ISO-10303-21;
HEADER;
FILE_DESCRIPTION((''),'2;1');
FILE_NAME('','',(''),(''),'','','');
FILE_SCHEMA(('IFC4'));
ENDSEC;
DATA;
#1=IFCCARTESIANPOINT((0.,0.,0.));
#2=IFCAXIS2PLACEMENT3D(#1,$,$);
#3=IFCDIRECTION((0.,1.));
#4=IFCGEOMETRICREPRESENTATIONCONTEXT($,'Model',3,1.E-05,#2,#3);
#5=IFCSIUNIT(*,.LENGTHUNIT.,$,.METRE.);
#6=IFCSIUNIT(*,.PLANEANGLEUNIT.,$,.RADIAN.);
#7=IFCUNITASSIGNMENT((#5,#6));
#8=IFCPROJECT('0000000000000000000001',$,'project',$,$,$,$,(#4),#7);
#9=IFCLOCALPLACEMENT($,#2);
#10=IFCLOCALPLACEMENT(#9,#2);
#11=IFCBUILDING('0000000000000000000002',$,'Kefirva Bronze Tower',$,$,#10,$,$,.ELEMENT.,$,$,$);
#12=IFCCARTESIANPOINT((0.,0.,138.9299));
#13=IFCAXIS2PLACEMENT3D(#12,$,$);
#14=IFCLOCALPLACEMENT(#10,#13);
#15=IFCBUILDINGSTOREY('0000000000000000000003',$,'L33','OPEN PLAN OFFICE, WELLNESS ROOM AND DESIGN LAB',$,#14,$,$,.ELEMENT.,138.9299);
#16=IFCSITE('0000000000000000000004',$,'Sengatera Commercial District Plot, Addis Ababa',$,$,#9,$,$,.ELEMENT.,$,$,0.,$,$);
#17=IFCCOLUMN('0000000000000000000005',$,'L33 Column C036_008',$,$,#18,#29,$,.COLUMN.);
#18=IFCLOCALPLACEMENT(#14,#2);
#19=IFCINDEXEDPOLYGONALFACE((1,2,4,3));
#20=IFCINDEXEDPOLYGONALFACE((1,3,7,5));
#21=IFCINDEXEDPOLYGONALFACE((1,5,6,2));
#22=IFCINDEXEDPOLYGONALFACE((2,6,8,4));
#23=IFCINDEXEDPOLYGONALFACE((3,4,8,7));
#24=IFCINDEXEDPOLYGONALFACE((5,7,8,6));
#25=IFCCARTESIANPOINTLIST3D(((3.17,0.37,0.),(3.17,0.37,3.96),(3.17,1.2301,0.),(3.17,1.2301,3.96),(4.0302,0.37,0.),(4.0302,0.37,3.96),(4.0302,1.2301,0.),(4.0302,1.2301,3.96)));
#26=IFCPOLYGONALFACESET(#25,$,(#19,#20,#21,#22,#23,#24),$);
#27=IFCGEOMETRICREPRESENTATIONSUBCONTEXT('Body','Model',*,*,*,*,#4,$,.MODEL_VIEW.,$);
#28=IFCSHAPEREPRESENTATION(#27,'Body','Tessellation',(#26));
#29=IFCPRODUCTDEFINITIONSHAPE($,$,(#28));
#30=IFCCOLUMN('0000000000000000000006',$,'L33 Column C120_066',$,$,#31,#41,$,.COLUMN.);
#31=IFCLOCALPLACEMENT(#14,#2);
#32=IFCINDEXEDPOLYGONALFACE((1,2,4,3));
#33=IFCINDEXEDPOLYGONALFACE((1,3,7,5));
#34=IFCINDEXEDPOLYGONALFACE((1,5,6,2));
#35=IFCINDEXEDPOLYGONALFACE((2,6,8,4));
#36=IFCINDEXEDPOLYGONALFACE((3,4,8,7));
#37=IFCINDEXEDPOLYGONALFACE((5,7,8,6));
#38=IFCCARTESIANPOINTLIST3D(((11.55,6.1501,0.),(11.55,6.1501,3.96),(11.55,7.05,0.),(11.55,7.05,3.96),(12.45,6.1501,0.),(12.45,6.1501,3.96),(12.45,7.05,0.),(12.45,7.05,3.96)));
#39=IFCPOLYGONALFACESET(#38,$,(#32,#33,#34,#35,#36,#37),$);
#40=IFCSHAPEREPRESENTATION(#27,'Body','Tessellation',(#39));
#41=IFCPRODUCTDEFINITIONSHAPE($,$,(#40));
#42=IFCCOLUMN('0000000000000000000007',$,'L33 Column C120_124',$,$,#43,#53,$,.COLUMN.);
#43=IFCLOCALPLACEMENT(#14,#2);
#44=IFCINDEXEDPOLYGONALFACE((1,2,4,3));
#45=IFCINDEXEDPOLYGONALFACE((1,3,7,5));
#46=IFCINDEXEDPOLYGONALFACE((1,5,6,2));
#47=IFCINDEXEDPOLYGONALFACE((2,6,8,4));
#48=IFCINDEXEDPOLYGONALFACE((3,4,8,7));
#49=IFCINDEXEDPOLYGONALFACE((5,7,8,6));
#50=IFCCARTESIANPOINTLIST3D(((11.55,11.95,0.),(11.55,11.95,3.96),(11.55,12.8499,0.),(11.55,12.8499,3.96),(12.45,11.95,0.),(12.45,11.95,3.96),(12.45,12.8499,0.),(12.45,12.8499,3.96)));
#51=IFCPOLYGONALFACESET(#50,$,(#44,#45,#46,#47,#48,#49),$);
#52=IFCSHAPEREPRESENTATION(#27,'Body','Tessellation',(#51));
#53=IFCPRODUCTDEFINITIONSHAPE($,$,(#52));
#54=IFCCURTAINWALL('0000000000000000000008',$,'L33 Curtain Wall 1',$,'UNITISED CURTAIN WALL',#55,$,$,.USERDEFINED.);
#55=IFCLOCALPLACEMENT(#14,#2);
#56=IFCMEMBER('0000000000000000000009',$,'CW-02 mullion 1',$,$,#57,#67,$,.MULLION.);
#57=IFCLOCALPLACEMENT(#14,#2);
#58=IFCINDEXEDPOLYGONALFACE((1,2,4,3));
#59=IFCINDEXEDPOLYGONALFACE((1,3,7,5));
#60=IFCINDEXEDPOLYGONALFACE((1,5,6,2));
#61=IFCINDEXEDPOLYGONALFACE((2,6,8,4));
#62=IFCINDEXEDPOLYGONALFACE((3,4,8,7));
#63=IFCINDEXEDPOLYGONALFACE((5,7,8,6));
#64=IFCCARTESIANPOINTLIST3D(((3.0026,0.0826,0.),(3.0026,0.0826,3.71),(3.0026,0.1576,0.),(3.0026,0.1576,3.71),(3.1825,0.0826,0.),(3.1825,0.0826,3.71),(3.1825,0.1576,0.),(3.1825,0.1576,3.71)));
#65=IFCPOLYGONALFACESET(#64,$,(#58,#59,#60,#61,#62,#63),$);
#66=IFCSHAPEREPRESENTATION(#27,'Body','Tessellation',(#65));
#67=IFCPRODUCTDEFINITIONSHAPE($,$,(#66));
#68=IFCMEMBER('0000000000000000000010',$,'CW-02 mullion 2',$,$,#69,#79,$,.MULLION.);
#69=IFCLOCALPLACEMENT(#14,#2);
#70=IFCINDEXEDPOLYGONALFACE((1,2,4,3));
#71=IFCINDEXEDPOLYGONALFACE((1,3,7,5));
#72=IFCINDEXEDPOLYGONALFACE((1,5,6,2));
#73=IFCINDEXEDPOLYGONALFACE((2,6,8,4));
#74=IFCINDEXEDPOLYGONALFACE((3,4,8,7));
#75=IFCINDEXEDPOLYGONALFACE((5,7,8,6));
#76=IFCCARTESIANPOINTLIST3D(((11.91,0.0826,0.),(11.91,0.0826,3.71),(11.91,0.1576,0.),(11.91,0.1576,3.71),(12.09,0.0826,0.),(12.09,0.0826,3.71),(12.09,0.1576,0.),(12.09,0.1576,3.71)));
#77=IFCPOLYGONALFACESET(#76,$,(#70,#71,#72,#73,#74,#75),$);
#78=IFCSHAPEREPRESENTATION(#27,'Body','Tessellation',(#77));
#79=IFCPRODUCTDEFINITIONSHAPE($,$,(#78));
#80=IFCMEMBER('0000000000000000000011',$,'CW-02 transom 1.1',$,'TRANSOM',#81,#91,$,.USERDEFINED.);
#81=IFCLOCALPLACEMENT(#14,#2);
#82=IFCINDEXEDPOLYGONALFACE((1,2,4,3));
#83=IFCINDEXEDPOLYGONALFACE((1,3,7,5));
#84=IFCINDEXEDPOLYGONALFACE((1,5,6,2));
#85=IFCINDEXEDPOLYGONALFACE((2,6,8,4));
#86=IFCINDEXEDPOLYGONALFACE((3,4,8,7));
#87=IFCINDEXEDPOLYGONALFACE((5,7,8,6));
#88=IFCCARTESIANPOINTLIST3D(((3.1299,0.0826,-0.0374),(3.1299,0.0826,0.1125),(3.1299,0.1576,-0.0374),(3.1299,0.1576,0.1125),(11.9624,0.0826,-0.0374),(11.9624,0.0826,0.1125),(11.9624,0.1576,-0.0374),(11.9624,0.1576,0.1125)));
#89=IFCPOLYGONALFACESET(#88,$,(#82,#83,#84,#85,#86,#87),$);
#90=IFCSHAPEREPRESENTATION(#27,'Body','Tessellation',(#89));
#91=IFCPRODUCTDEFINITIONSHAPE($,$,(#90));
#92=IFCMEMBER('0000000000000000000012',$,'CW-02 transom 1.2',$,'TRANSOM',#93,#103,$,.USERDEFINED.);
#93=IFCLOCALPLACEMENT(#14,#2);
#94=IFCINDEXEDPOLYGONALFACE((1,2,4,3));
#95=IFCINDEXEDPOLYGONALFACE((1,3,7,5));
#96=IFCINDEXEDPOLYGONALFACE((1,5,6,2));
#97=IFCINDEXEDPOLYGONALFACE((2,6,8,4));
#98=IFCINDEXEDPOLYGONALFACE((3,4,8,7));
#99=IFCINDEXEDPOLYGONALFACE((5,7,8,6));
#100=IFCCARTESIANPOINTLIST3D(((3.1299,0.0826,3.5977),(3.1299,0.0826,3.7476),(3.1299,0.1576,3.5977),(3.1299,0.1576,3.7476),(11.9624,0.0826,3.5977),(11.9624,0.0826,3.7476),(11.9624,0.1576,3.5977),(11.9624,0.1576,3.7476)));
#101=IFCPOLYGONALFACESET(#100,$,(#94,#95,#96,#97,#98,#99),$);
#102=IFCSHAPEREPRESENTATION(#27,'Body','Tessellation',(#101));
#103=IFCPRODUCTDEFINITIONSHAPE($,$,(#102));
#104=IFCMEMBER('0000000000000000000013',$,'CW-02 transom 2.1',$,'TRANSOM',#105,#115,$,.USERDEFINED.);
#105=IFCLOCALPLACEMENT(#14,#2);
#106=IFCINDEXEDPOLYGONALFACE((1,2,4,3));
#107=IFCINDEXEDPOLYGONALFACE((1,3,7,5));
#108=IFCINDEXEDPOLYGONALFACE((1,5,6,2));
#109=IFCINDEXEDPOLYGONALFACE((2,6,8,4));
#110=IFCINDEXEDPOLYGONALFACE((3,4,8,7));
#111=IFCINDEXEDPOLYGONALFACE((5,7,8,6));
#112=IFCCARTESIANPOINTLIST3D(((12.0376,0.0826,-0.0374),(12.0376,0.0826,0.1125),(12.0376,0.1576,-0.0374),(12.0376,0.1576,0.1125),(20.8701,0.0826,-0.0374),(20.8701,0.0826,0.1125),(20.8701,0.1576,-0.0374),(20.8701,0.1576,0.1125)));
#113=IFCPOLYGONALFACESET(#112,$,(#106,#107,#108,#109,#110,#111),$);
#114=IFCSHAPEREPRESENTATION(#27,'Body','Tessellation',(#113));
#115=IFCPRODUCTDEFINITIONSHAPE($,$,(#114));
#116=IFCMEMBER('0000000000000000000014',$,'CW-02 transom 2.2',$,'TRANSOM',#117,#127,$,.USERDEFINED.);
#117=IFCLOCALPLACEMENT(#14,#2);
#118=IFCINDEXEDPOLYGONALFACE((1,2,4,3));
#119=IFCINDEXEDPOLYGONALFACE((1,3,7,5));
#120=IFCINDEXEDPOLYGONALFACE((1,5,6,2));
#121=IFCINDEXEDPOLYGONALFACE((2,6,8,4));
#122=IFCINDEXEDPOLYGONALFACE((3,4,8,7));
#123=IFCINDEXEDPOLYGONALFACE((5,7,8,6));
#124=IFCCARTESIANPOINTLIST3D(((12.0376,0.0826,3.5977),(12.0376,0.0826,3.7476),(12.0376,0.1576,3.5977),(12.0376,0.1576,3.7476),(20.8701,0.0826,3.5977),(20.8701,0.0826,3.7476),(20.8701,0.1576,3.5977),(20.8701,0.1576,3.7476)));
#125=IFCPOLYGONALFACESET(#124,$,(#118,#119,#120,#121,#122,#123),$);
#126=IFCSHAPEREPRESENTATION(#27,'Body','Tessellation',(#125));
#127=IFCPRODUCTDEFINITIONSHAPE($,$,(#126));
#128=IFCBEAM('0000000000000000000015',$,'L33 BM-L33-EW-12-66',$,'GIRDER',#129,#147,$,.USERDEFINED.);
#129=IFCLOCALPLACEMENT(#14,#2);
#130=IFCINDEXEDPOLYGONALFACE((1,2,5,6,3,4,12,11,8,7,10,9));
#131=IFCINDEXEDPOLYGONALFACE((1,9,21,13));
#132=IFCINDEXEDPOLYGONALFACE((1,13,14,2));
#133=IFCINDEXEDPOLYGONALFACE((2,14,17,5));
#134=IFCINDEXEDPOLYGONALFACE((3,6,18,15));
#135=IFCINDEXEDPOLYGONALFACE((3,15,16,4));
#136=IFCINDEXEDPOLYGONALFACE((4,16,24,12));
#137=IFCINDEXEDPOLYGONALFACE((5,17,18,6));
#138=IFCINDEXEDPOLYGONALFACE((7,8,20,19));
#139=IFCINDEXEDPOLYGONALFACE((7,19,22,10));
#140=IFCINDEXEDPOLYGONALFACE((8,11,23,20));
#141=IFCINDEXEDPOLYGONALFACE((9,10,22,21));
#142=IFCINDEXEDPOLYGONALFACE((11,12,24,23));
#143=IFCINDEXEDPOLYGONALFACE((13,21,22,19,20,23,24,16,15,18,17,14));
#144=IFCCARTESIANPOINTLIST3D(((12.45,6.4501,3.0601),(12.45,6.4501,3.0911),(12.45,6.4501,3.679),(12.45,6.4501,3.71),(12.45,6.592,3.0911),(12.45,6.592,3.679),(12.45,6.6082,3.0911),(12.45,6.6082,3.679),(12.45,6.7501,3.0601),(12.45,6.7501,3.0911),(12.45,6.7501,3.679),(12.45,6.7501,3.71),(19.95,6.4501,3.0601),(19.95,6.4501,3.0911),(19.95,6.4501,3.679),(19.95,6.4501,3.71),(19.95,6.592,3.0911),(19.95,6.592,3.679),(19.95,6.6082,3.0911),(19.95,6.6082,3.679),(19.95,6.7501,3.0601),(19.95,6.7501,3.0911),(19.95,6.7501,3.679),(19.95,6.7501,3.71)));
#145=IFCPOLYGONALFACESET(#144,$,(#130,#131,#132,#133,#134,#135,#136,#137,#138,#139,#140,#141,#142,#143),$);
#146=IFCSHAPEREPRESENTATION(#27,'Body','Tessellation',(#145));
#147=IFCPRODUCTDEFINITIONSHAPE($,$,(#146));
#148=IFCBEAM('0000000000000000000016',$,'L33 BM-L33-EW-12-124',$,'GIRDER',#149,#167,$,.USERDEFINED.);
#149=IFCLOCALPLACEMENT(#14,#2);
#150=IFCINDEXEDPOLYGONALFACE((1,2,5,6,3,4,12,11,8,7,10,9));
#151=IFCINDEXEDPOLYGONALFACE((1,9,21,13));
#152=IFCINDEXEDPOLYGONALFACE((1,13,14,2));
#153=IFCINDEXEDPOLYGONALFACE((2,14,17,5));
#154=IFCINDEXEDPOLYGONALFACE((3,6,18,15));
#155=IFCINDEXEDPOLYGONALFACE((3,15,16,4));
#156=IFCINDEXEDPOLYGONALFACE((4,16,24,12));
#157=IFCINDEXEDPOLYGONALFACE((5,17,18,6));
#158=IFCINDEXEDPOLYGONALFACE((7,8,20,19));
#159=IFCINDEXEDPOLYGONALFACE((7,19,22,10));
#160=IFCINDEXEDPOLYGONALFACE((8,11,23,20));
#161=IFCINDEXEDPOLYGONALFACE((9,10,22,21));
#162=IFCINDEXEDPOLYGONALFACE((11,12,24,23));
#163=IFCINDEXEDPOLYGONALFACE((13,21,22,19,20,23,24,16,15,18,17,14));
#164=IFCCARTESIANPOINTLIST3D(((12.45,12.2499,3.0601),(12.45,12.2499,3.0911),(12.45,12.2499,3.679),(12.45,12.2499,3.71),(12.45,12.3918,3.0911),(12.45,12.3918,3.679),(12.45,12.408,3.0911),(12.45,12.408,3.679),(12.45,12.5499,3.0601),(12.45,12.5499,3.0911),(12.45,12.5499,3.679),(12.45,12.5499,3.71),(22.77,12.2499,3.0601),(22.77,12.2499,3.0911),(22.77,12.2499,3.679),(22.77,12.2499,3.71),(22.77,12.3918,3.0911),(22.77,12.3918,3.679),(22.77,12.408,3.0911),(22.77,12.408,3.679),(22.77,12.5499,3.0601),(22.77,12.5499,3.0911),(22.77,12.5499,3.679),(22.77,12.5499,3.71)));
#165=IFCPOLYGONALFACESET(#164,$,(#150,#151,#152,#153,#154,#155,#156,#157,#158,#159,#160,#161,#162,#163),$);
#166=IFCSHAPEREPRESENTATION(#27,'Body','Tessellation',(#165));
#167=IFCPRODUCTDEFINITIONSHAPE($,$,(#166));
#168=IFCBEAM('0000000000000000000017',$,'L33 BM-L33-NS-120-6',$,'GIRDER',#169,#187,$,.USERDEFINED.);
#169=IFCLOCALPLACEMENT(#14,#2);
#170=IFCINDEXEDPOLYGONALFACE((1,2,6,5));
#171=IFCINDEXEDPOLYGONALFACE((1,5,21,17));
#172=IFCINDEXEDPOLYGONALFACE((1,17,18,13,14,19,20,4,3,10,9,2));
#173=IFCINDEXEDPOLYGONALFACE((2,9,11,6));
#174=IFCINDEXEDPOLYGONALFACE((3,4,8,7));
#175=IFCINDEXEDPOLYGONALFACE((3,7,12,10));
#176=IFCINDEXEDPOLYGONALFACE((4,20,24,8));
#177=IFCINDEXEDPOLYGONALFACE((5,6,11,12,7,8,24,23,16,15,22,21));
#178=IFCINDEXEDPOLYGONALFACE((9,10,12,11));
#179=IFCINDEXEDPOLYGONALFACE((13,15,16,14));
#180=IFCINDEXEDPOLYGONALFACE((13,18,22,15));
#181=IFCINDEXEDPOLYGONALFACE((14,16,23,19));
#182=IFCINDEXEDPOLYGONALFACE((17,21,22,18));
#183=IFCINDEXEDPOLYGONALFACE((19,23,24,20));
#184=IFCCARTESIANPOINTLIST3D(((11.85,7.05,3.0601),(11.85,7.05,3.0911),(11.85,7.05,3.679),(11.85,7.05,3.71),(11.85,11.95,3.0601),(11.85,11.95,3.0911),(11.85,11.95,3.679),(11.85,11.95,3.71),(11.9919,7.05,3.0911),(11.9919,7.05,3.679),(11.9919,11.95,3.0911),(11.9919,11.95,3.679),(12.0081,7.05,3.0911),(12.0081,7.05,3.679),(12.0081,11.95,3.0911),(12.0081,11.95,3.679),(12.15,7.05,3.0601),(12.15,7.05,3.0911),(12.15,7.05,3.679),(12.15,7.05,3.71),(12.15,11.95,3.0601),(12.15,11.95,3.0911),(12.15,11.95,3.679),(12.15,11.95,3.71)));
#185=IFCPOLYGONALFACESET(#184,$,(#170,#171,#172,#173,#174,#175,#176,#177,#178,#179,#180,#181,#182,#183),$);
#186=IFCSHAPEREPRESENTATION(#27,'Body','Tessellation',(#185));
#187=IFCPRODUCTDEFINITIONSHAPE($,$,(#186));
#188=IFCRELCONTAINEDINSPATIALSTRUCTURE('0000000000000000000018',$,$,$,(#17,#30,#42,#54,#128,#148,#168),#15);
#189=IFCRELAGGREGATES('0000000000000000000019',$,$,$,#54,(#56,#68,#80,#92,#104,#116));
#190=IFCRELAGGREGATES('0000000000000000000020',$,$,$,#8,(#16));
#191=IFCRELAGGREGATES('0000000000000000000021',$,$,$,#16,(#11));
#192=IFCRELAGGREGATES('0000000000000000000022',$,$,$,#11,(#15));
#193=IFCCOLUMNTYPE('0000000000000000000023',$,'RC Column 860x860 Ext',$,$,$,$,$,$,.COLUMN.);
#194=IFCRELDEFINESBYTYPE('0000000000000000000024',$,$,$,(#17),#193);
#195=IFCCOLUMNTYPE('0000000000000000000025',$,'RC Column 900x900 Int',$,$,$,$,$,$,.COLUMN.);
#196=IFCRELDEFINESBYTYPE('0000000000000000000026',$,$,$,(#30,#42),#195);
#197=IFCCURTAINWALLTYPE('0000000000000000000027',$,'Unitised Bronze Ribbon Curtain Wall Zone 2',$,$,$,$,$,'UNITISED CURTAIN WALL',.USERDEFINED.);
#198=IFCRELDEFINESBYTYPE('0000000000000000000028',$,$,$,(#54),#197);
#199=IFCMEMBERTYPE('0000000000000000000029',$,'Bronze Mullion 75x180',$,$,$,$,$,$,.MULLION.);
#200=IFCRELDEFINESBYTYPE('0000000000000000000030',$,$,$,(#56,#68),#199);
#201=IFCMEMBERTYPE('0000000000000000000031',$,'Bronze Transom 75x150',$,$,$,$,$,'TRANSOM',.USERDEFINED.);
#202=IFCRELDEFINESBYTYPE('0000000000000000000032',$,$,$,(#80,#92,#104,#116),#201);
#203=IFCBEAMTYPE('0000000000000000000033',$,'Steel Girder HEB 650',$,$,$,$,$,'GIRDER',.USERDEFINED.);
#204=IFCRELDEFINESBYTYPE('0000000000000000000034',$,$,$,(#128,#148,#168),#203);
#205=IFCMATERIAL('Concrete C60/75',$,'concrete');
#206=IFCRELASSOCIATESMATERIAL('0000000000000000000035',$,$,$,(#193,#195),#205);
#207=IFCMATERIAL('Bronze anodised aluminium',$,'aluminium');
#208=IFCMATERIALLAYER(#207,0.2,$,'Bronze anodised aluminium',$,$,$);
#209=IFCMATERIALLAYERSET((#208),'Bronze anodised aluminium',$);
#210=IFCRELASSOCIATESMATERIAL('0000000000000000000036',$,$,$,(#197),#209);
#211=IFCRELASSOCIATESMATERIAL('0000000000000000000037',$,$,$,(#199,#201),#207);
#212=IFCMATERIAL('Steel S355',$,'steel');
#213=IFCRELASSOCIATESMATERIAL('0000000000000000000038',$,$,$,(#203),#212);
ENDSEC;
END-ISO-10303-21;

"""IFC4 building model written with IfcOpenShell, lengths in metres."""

from ifc_helpers import new_model, si_unit, direction, frame, origin, origin_2d, place, context, subcontext, project, spatial, rectangle, i_section, extrude, material, layer, layer_set, material_profile, profile_set, type_object, element, aggregate, save


model = new_model("IFC4")

# Units and contexts
model_context = context("Model", 3, precision=1e-05, world=origin(), true_north=direction((0.0, 1.0)))
body_context = subcontext(model_context, "Body", "Model", "MODEL_VIEW")
ifc_project = project(units=[si_unit("LENGTHUNIT", "METRE"), si_unit("PLANEANGLEUNIT", "RADIAN")], contexts=[model_context])

# Site, building, storey
site_placement = place(None, origin())
site = spatial("IfcSite", under=ifc_project, at=site_placement, Name="Sengatera Commercial District Plot, Addis Ababa", CompositionType="ELEMENT", RefElevation=0.0)
building_placement = place(site_placement, origin())
building = spatial("IfcBuilding", under=site, at=building_placement, Name="Kefirva Bronze Tower", CompositionType="ELEMENT")
storey_placement = place(building_placement, frame((0.0, 0.0, 138.9299)))
storey = spatial("IfcBuildingStorey", under=building, at=storey_placement, Name="L33", Description="OPEN PLAN OFFICE, WELLNESS ROOM AND DESIGN LAB", CompositionType="ELEMENT", Elevation=138.9299)

# Columns
ifc_material_1 = material(Name="Concrete C60/75", Category="concrete")
ifc_material_profile_1 = material_profile(ifc_material_1, rectangle(XDim=0.8601, YDim=0.8601, at=origin_2d()), Name="RC 860x860")
ifc_profile_set_1 = profile_set([ifc_material_profile_1], Name="Concrete C60/75")
column_type_1 = type_object("IfcColumnType", Name="RC Column 860x860 Ext", PredefinedType="COLUMN", material=ifc_profile_set_1)
column_placement = place(storey_placement, frame((3.6001, 0.8, 0.0), z_axis=(0.0, 0.0, 1.0), x_axis=(1.0, 0.0, 0.0)))
element("IfcColumn", 1, at=column_placement, inside=storey, type_object=column_type_1, Name="L33 Column C036_008", PredefinedType="COLUMN", context=body_context, shape_type="SweptSolid", body=[
    extrude(rectangle(XDim=0.8601, YDim=0.8601, at=origin_2d()), origin(), (0.0, 0.0, 1.0), 3.96),
])
ifc_material_profile_2 = material_profile(ifc_material_1, rectangle(XDim=0.8999, YDim=0.8999, at=origin_2d()), Name="RC 900x900")
ifc_profile_set_2 = profile_set([ifc_material_profile_2], Name="Concrete C60/75")
column_type_2 = type_object("IfcColumnType", Name="RC Column 900x900 Int", PredefinedType="COLUMN", material=ifc_profile_set_2)
for number, where, z_axis, x_axis, name in (
    (2, (12.0, 6.6001, 0.0), (0.0, 0.0, 1.0), (1.0, 0.0, 0.0), "L33 Column C120_066"),
    (3, (12.0, 12.3999, 0.0), (0.0, 0.0, 1.0), (1.0, 0.0, 0.0), "L33 Column C120_124"),
):
    element("IfcColumn", number, at=place(storey_placement, frame(where, z_axis=z_axis, x_axis=x_axis)), inside=storey, type_object=column_type_2, Name=name, PredefinedType="COLUMN", context=body_context, shape_type="SweptSolid", body=[
        extrude(rectangle(XDim=0.8999, YDim=0.8999, at=origin_2d()), origin(), (0.0, 0.0, 1.0), 3.96),
    ])

# Curtain wall, members
ifc_material_2 = material(Name="Bronze anodised aluminium", Category="aluminium")
ifc_layer_1 = layer(ifc_material_2, 0.2, Name="Bronze anodised aluminium")
ifc_layer_set_1 = layer_set([ifc_layer_1], Name="Bronze anodised aluminium")
curtain_wall_type = type_object("IfcCurtainWallType", Name="Unitised Bronze Ribbon Curtain Wall Zone 2", ElementType="UNITISED CURTAIN WALL", PredefinedType="USERDEFINED", material=ifc_layer_set_1)
curtain_wall_placement = place(storey_placement, origin())
curtain_wall = element("IfcCurtainWall", 4, at=curtain_wall_placement, inside=storey, type_object=curtain_wall_type, Name="L33 Curtain Wall 1", ObjectType="UNITISED CURTAIN WALL", PredefinedType="USERDEFINED")
ifc_material_profile_3 = material_profile(ifc_material_2, rectangle(XDim=0.075, YDim=0.1799, at=origin_2d()), Name="ALU 75x180")
ifc_profile_set_3 = profile_set([ifc_material_profile_3], Name="Bronze anodised aluminium")
member_type_1 = type_object("IfcMemberType", Name="Bronze Mullion 75x180", PredefinedType="MULLION", material=ifc_profile_set_3)
member_1_placement = place(storey_placement, frame((3.0925, 0.1201, 0.0), z_axis=(0.0, 0.0, 1.0), x_axis=(0.0, 1.0, 0.0)))
member_1 = element("IfcMember", 5, at=member_1_placement, type_object=member_type_1, Name="CW-02 mullion 1", PredefinedType="MULLION", context=body_context, shape_type="SweptSolid", body=[
    extrude(rectangle(XDim=0.075, YDim=0.1799, at=origin_2d()), origin(), (0.0, 0.0, 1.0), 3.71),
])
member_2_placement = place(storey_placement, frame((12.0, 0.1201, 0.0), z_axis=(0.0, 0.0, 1.0), x_axis=(0.0, 1.0, 0.0)))
member_2 = element("IfcMember", 6, at=member_2_placement, type_object=member_type_1, Name="CW-02 mullion 2", PredefinedType="MULLION", context=body_context, shape_type="SweptSolid", body=[
    extrude(rectangle(XDim=0.075, YDim=0.1799, at=origin_2d()), origin(), (0.0, 0.0, 1.0), 3.71),
])
ifc_material_profile_4 = material_profile(ifc_material_2, rectangle(XDim=0.075, YDim=0.1499, at=origin_2d()), Name="ALU 75x150")
ifc_profile_set_4 = profile_set([ifc_material_profile_4], Name="Bronze anodised aluminium")
member_type_2 = type_object("IfcMemberType", Name="Bronze Transom 75x150", ElementType="TRANSOM", PredefinedType="USERDEFINED", material=ifc_profile_set_4)
member_3_placement = place(storey_placement, frame((3.1299, 0.1201, 0.0376), z_axis=(1.0, 0.0, 0.0), x_axis=(0.0, 1.0, 0.0)))
member_3 = element("IfcMember", 7, at=member_3_placement, type_object=member_type_2, Name="CW-02 transom 1.1", ObjectType="TRANSOM", PredefinedType="USERDEFINED", context=body_context, shape_type="SweptSolid", body=[
    extrude(rectangle(XDim=0.075, YDim=0.1499, at=origin_2d()), origin(), (0.0, 0.0, 1.0), 8.8325),
])
member_4_placement = place(storey_placement, frame((3.1299, 0.1201, 3.6726), z_axis=(1.0, 0.0, 0.0), x_axis=(0.0, 1.0, 0.0)))
member_4 = element("IfcMember", 8, at=member_4_placement, type_object=member_type_2, Name="CW-02 transom 1.2", ObjectType="TRANSOM", PredefinedType="USERDEFINED", context=body_context, shape_type="SweptSolid", body=[
    extrude(rectangle(XDim=0.075, YDim=0.1499, at=origin_2d()), origin(), (0.0, 0.0, 1.0), 8.8325),
])
member_5_placement = place(storey_placement, frame((12.0376, 0.1201, 0.0376), z_axis=(1.0, 0.0, 0.0), x_axis=(0.0, 1.0, 0.0)))
member_5 = element("IfcMember", 9, at=member_5_placement, type_object=member_type_2, Name="CW-02 transom 2.1", ObjectType="TRANSOM", PredefinedType="USERDEFINED", context=body_context, shape_type="SweptSolid", body=[
    extrude(rectangle(XDim=0.075, YDim=0.1499, at=origin_2d()), origin(), (0.0, 0.0, 1.0), 8.8325),
])
member_6_placement = place(storey_placement, frame((12.0376, 0.1201, 3.6726), z_axis=(1.0, 0.0, 0.0), x_axis=(0.0, 1.0, 0.0)))
member_6 = element("IfcMember", 10, at=member_6_placement, type_object=member_type_2, Name="CW-02 transom 2.2", ObjectType="TRANSOM", PredefinedType="USERDEFINED", context=body_context, shape_type="SweptSolid", body=[
    extrude(rectangle(XDim=0.075, YDim=0.1499, at=origin_2d()), origin(), (0.0, 0.0, 1.0), 8.8325),
])

# Beams
ifc_material_3 = material(Name="Steel S355", Category="steel")
ifc_material_profile_5 = material_profile(ifc_material_3, i_section(OverallWidth=0.3, OverallDepth=0.6499, WebThickness=0.0161, FlangeThickness=0.031, at=origin_2d()), Name="HEB 650")
ifc_profile_set_5 = profile_set([ifc_material_profile_5], Name="Steel S355")
beam_type_1 = type_object("IfcBeamType", Name="Steel Girder HEB 650", ElementType="GIRDER", PredefinedType="USERDEFINED", material=ifc_profile_set_5)
beam_1_placement = place(storey_placement, frame((12.45, 6.6001, 3.385), z_axis=(1.0, 0.0, 0.0), x_axis=(0.0, 1.0, 0.0)))
element("IfcBeam", 11, at=beam_1_placement, inside=storey, type_object=beam_type_1, Name="L33 BM-L33-EW-12-66", ObjectType="GIRDER", PredefinedType="USERDEFINED", context=body_context, shape_type="SweptSolid", body=[
    extrude(i_section(OverallWidth=0.3, OverallDepth=0.6499, WebThickness=0.0161, FlangeThickness=0.031, at=origin_2d()), origin(), (0.0, 0.0, 1.0), 7.5),
])
beam_2_placement = place(storey_placement, frame((12.45, 12.3999, 3.385), z_axis=(1.0, 0.0, 0.0), x_axis=(0.0, 1.0, 0.0)))
element("IfcBeam", 12, at=beam_2_placement, inside=storey, type_object=beam_type_1, Name="L33 BM-L33-EW-12-124", ObjectType="GIRDER", PredefinedType="USERDEFINED", context=body_context, shape_type="SweptSolid", body=[
    extrude(i_section(OverallWidth=0.3, OverallDepth=0.6499, WebThickness=0.0161, FlangeThickness=0.031, at=origin_2d()), origin(), (0.0, 0.0, 1.0), 10.3201),
])
beam_3_placement = place(storey_placement, frame((12.0, 7.05, 3.385), z_axis=(0.0, 1.0, 0.0), x_axis=(-1.0, 0.0, 0.0)))
element("IfcBeam", 13, at=beam_3_placement, inside=storey, type_object=beam_type_1, Name="L33 BM-L33-NS-120-6", ObjectType="GIRDER", PredefinedType="USERDEFINED", context=body_context, shape_type="SweptSolid", body=[
    extrude(i_section(OverallWidth=0.3, OverallDepth=0.6499, WebThickness=0.0161, FlangeThickness=0.031, at=origin_2d()), origin(), (0.0, 0.0, 1.0), 4.8999),
])

aggregate(curtain_wall, [member_1, member_2, member_3, member_4, member_5, member_6])

save(model, "model.ifc")
